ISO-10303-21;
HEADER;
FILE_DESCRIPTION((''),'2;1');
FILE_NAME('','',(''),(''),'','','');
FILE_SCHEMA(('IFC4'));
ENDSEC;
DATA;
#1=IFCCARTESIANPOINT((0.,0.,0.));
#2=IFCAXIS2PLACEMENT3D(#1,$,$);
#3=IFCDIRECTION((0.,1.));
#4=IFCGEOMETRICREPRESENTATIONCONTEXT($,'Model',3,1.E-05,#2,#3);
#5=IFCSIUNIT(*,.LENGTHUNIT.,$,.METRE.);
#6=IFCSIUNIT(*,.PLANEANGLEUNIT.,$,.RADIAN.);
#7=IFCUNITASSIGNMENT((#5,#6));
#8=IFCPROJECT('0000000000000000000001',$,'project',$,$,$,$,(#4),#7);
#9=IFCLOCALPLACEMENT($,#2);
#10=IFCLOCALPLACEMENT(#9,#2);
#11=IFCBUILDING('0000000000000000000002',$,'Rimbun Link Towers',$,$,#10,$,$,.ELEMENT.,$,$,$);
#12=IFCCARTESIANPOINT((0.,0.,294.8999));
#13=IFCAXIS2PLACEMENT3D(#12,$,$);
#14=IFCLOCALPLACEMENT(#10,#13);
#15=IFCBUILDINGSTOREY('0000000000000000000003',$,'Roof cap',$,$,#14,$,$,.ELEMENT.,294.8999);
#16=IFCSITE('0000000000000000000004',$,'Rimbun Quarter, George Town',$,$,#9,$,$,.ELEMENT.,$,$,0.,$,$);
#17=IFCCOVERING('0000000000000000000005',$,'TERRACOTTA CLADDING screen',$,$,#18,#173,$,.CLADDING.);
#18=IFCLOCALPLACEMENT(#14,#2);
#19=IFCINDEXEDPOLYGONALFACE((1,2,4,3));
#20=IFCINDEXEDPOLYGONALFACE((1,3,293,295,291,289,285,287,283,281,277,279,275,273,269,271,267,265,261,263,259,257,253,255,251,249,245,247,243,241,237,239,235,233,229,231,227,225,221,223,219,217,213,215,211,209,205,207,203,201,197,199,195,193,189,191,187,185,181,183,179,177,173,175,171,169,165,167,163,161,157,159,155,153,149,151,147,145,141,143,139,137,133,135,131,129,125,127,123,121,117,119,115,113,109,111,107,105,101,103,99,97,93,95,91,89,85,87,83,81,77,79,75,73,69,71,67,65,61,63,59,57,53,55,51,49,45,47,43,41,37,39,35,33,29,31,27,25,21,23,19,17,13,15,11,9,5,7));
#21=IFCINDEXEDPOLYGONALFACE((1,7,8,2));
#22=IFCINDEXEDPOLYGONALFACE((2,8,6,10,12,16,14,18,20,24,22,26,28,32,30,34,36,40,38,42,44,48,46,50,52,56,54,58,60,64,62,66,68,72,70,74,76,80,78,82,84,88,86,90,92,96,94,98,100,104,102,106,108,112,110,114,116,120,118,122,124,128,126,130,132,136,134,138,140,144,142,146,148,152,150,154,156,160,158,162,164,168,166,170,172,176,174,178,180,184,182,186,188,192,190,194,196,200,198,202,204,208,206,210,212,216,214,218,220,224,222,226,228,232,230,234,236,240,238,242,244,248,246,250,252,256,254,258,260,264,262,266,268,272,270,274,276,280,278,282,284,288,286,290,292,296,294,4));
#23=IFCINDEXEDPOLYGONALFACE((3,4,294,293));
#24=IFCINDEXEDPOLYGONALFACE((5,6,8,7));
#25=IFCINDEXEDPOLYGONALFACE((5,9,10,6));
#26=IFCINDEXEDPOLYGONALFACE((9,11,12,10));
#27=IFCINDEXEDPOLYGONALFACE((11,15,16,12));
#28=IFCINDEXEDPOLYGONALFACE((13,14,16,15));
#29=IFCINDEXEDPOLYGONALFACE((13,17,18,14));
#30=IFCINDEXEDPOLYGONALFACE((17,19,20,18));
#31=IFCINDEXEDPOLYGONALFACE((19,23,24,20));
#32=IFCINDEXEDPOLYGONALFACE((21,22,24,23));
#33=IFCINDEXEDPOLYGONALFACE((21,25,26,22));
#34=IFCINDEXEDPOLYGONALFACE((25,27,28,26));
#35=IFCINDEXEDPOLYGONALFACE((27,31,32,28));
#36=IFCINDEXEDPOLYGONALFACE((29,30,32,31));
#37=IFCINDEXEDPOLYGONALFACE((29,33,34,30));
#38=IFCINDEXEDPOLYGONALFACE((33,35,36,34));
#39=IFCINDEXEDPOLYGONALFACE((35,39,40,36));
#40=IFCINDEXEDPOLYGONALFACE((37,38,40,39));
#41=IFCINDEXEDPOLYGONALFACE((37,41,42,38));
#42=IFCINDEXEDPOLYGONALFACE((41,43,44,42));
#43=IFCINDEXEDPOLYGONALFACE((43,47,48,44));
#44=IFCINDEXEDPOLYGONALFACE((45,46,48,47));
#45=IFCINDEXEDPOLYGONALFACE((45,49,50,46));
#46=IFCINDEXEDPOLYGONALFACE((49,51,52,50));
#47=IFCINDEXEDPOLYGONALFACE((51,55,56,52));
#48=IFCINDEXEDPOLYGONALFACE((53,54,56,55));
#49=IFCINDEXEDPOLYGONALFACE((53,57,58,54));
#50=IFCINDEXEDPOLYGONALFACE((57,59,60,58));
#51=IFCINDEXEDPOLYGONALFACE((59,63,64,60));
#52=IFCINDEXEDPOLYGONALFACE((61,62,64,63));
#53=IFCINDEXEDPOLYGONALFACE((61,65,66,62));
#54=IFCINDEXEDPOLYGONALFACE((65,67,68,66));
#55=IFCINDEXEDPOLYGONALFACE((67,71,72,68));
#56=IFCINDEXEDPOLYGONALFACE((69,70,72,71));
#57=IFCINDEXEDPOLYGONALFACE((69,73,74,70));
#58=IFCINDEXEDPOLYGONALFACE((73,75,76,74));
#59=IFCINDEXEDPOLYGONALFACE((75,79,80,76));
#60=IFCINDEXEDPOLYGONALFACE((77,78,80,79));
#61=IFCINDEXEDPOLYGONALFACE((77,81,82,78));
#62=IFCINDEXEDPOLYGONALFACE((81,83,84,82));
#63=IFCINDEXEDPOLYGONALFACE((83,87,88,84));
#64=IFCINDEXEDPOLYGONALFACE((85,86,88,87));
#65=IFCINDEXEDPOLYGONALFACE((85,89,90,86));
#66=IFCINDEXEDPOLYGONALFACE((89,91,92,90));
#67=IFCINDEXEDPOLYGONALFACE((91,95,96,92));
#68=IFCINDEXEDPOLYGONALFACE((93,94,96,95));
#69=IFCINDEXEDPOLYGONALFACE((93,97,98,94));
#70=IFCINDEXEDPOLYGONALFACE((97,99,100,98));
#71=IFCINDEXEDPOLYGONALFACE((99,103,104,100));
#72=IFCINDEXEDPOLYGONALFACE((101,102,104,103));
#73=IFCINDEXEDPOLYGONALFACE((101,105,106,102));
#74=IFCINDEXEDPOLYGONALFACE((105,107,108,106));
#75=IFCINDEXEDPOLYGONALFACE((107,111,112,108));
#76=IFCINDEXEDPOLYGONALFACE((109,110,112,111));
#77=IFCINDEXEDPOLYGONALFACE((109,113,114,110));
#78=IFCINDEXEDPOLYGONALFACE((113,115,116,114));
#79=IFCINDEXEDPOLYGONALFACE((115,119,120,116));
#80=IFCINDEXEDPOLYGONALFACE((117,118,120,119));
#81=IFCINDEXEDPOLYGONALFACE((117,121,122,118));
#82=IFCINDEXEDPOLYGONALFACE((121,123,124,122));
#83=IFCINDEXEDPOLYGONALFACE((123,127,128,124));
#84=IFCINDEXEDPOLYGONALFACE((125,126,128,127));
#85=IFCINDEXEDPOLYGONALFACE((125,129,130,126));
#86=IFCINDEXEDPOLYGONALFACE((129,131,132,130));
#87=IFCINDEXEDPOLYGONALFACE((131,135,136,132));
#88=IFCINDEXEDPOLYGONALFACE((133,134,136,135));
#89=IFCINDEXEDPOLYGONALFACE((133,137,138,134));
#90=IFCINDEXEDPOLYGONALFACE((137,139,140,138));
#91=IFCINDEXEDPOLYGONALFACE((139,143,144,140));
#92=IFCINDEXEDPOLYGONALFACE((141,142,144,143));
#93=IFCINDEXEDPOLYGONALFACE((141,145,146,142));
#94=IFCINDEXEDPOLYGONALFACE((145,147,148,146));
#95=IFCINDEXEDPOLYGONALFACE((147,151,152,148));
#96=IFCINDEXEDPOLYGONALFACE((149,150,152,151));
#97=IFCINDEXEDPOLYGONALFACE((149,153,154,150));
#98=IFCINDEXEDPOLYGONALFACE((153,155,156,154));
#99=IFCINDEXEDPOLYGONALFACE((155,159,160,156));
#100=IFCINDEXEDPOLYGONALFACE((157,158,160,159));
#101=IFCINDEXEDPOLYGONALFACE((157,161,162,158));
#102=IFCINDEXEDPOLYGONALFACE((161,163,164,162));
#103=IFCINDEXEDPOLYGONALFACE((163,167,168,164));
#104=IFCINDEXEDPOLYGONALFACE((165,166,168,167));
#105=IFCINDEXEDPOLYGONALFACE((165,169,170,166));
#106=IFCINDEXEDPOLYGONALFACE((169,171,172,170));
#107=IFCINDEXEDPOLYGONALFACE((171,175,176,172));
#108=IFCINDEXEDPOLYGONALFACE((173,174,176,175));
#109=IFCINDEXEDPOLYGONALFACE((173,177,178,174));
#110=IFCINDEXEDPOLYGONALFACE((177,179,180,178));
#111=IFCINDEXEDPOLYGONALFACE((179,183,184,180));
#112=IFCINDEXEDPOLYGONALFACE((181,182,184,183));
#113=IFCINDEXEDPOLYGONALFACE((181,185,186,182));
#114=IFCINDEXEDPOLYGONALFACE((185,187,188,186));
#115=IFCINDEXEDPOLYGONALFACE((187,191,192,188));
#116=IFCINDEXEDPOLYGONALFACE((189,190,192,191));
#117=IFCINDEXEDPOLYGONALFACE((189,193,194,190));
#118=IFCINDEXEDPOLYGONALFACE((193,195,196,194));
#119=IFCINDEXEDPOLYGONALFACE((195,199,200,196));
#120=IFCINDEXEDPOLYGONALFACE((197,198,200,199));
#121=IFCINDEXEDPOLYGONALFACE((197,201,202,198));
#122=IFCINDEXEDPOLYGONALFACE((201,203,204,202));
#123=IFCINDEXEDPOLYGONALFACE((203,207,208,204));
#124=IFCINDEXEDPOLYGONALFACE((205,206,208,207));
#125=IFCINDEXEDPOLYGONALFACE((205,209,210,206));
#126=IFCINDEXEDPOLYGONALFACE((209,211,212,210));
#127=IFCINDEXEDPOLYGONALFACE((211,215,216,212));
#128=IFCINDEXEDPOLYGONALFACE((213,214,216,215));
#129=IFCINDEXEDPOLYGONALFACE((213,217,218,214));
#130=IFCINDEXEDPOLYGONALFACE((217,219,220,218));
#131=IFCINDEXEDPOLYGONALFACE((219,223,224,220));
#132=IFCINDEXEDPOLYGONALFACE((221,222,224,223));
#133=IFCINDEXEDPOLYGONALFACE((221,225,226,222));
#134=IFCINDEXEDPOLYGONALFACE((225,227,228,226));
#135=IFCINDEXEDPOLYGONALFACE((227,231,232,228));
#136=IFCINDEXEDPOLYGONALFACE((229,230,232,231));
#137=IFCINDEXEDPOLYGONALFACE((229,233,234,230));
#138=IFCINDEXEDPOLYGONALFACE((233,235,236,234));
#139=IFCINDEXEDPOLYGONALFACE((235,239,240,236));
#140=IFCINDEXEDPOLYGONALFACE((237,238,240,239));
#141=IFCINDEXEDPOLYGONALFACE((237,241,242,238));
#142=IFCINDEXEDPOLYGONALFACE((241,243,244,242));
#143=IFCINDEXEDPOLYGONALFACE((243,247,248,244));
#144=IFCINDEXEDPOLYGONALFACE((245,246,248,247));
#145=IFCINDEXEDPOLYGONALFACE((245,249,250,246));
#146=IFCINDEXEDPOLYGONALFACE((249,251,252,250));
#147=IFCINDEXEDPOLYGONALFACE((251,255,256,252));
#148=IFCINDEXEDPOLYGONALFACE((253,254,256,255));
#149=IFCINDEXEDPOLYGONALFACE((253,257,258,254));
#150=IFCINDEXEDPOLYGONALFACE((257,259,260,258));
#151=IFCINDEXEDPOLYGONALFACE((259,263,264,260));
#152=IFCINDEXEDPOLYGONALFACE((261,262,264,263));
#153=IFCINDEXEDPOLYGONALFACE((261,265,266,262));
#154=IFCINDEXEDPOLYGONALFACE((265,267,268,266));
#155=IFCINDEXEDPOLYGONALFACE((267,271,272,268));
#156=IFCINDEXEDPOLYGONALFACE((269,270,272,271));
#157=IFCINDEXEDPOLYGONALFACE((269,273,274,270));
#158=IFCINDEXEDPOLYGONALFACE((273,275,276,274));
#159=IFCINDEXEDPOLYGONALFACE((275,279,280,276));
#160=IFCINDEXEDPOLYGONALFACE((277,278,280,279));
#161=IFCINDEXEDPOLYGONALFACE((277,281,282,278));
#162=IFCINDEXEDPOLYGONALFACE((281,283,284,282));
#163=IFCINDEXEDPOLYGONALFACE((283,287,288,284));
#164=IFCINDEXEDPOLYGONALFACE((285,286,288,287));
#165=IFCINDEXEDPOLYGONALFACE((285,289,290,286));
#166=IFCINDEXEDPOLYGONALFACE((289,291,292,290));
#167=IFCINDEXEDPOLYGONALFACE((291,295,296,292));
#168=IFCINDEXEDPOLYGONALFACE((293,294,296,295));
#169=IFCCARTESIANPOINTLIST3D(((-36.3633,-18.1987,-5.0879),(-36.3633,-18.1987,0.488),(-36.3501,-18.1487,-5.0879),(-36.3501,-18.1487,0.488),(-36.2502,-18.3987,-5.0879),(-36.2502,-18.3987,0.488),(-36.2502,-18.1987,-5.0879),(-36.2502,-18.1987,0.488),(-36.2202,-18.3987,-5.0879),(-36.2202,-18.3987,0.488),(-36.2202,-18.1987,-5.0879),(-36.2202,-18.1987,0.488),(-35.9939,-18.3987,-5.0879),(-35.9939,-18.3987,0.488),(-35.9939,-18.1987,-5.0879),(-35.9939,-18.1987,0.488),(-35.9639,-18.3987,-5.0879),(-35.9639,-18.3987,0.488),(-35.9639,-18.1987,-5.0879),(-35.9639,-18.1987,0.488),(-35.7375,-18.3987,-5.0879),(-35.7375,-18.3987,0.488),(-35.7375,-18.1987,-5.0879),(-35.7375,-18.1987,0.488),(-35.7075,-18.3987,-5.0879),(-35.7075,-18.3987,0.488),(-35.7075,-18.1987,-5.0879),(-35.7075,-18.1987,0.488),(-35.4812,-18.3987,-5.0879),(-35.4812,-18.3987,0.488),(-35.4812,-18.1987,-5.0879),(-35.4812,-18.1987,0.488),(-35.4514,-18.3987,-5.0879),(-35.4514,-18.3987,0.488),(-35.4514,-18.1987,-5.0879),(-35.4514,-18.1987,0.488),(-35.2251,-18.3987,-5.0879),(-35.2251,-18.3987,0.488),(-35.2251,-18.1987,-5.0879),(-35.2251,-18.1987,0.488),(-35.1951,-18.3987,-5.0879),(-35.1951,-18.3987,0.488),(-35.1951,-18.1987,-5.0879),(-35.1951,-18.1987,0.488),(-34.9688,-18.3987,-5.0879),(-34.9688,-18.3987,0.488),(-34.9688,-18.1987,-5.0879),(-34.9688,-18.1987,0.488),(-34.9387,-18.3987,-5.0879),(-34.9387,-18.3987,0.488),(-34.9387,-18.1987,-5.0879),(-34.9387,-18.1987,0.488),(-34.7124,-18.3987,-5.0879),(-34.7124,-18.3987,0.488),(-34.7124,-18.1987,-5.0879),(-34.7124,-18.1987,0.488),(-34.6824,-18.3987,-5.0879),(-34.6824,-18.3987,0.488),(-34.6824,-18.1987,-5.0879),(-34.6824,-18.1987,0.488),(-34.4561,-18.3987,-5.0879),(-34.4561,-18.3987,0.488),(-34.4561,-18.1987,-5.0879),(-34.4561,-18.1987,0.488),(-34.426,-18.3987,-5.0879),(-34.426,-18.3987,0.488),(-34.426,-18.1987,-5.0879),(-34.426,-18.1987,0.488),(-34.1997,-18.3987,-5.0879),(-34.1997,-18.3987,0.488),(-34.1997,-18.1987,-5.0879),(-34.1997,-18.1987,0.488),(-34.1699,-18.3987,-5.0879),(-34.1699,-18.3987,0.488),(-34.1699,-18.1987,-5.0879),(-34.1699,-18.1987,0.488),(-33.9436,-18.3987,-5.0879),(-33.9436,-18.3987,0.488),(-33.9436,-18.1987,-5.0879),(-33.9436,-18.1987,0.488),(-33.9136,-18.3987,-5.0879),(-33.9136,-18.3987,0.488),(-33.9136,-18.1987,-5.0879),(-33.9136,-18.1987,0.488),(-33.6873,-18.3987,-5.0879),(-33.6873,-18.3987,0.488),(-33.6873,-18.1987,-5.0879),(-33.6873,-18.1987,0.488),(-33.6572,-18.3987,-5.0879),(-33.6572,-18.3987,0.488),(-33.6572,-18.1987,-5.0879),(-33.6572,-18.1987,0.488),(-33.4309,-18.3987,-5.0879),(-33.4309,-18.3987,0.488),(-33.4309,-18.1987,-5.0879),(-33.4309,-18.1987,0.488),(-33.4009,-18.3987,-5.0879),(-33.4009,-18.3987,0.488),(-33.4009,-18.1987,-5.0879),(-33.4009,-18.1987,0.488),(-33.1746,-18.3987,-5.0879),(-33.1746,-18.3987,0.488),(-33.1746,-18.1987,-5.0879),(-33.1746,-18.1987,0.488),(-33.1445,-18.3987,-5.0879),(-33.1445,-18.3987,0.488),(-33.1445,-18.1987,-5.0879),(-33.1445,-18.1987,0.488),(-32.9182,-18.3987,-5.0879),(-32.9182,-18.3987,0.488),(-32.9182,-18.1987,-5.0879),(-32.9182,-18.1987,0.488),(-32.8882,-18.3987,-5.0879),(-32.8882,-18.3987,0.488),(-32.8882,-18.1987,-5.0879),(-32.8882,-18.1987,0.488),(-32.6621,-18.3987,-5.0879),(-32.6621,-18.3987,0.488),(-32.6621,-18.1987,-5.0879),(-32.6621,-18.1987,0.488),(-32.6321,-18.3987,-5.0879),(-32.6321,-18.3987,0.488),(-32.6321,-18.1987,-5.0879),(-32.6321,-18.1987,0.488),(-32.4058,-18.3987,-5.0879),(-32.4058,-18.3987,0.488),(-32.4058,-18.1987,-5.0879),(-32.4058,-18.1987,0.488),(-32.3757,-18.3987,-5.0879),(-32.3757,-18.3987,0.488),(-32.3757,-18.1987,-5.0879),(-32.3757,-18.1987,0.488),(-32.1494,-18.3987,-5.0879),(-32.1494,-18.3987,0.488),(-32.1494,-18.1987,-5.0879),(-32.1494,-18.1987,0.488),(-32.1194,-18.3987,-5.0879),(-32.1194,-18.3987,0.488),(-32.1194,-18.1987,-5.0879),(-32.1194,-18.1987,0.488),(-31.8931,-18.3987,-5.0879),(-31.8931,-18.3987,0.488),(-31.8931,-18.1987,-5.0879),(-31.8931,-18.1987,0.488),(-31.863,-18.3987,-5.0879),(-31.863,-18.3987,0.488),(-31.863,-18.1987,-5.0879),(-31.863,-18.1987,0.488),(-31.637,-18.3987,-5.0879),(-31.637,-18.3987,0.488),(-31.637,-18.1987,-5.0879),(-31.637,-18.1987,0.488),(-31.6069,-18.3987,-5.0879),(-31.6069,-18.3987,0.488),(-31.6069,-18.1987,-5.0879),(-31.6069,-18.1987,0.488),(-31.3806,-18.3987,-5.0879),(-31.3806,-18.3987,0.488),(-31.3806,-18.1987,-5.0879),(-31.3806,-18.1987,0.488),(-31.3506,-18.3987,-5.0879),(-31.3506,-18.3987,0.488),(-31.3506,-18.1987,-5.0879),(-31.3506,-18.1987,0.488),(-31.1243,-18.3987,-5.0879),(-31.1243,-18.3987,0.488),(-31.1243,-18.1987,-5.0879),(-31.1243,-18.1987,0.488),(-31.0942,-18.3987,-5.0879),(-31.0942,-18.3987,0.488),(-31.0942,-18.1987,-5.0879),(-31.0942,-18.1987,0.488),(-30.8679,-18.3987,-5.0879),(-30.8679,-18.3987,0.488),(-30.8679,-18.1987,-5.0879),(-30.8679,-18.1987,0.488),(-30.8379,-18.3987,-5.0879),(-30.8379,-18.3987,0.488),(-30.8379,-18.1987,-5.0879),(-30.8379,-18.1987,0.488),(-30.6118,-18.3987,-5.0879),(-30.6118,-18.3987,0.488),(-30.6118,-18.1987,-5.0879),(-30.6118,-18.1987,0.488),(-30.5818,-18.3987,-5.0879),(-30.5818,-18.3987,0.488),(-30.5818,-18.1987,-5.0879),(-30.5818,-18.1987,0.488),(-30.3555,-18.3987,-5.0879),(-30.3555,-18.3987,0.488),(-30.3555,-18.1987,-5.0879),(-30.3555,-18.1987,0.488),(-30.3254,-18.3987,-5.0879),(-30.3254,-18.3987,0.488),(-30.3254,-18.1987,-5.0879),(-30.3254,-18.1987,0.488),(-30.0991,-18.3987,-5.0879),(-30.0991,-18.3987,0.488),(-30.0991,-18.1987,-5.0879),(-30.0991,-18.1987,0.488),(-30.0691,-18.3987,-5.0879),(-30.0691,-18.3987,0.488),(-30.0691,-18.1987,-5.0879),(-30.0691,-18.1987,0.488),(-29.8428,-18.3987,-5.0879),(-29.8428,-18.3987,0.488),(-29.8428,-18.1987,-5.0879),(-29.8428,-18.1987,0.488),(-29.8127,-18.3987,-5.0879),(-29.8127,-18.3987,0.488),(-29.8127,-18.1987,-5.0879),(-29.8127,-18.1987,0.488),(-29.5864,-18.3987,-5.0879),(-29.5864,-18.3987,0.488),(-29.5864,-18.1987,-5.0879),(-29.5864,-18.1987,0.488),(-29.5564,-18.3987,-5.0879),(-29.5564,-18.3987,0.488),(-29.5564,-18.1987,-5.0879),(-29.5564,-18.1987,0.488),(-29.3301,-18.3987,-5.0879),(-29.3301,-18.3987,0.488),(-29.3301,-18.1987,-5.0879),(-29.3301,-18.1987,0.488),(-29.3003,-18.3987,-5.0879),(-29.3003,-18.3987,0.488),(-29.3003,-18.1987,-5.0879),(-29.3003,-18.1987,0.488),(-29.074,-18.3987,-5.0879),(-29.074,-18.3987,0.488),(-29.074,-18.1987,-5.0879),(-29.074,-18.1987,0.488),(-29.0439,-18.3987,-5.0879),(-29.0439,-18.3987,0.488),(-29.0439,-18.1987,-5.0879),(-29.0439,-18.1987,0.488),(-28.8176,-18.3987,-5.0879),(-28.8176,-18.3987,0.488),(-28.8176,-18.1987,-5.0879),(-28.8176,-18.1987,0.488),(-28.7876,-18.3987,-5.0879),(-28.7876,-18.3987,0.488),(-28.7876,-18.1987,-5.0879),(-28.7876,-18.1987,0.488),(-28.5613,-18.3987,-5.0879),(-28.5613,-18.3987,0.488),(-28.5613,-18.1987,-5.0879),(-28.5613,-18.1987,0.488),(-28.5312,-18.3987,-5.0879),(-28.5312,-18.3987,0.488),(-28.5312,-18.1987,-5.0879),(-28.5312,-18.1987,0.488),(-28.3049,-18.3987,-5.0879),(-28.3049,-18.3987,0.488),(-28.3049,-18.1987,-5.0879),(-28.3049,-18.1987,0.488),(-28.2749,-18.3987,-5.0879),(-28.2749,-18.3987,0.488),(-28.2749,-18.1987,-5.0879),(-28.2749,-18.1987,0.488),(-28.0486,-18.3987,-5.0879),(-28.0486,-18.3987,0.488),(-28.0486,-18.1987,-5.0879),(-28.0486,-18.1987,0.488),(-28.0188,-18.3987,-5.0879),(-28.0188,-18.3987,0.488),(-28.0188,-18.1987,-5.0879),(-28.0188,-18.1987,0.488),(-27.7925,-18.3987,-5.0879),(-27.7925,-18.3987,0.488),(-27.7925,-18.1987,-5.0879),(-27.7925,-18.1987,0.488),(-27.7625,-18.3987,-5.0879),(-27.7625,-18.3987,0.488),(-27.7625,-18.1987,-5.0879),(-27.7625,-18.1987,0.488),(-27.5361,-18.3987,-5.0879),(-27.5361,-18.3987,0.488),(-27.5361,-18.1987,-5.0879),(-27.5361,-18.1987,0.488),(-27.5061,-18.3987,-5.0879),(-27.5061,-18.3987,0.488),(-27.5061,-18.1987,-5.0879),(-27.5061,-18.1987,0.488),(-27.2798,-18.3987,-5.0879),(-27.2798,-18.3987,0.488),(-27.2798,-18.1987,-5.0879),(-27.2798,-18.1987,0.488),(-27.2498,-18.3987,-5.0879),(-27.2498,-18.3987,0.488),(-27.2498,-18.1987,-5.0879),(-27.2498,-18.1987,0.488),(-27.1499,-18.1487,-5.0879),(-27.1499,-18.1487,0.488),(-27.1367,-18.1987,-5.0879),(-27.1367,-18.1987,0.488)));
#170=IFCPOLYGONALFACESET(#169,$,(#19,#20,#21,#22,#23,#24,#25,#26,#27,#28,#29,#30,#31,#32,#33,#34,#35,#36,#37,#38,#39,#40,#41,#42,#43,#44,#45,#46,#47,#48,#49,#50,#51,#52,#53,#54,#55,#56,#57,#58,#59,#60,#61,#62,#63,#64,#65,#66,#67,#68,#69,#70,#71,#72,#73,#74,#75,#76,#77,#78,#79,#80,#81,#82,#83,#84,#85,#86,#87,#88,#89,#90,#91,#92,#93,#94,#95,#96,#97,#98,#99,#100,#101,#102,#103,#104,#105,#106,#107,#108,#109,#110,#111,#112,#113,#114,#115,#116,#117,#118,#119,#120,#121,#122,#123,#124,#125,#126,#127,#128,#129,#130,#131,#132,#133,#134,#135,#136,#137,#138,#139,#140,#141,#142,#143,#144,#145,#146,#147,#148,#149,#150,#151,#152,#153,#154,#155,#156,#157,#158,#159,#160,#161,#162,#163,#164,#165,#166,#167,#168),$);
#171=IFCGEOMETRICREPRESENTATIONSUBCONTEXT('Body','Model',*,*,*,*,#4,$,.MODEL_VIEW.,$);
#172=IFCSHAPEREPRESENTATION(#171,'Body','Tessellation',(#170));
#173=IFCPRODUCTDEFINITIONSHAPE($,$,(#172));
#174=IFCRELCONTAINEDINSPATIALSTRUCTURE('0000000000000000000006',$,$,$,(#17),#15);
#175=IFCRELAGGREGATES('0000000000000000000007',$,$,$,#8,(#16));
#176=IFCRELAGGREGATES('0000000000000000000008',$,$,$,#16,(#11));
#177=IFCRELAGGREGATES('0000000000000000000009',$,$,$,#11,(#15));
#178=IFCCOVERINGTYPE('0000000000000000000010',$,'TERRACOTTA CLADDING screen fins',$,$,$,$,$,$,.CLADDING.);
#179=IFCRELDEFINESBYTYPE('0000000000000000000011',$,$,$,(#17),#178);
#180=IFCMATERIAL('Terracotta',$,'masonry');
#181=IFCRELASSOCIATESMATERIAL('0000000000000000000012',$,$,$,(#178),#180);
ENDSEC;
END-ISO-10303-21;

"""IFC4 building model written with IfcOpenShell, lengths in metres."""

from ifc_helpers import new_model, si_unit, direction, frame, origin, place, context, subcontext, project, spatial, polyline, outline, extrude, material, type_object, element, save


model = new_model("IFC4")

# Units and contexts
model_context = context("Model", 3, precision=1e-05, world=origin(), true_north=direction((0.0, 1.0)))
body_context = subcontext(model_context, "Body", "Model", "MODEL_VIEW")
ifc_project = project(units=[si_unit("LENGTHUNIT", "METRE"), si_unit("PLANEANGLEUNIT", "RADIAN")], contexts=[model_context])

# Site, building, storey
site_placement = place(None, origin())
site = spatial("IfcSite", under=ifc_project, at=site_placement, Name="Rimbun Quarter, George Town", CompositionType="ELEMENT", RefElevation=0.0)
building_placement = place(site_placement, origin())
building = spatial("IfcBuilding", under=site, at=building_placement, Name="Rimbun Link Towers", CompositionType="ELEMENT")
storey_placement = place(building_placement, frame((0.0, 0.0, 294.8999)))
storey = spatial("IfcBuildingStorey", under=building, at=storey_placement, Name="Roof cap", CompositionType="ELEMENT", Elevation=294.8999)

# Covering
ifc_material = material(Name="Terracotta", Category="masonry")
covering_type = type_object("IfcCoveringType", Name="TERRACOTTA CLADDING screen fins", PredefinedType="CLADDING", material=ifc_material)
covering_1_placement = place(storey_placement, frame((0.0, 0.0, -5.0879)))
element("IfcCovering", 1, at=covering_1_placement, inside=storey, type_object=covering_type, Name="TERRACOTTA CLADDING screen", PredefinedType="CLADDING", context=body_context, shape_type="SweptSolid", body=[
    extrude(outline(polyline([(-36.3633, -18.1987), (-36.2502, -18.1987), (-36.2502, -18.3987), (-36.2202, -18.3987), (-36.2202, -18.1987), (-35.9939, -18.1987), (-35.9939, -18.3987), (-35.9639, -18.3987), (-35.9639, -18.1987), (-35.7375, -18.1987), (-35.7375, -18.3987), (-35.7075, -18.3987), (-35.7075, -18.1987), (-35.4812, -18.1987), (-35.4812, -18.3987), (-35.4514, -18.3987), (-35.4514, -18.1987), (-35.2251, -18.1987), (-35.2251, -18.3987), (-35.1951, -18.3987), (-35.1951, -18.1987), (-34.9688, -18.1987), (-34.9688, -18.3987), (-34.9387, -18.3987), (-34.9387, -18.1987), (-34.7124, -18.1987), (-34.7124, -18.3987), (-34.6824, -18.3987), (-34.6824, -18.1987), (-34.4561, -18.1987), (-34.4561, -18.3987), (-34.426, -18.3987), (-34.426, -18.1987), (-34.1997, -18.1987), (-34.1997, -18.3987), (-34.1699, -18.3987), (-34.1699, -18.1987), (-33.9436, -18.1987), (-33.9436, -18.3987), (-33.9136, -18.3987), (-33.9136, -18.1987), (-33.6873, -18.1987), (-33.6873, -18.3987), (-33.6572, -18.3987), (-33.6572, -18.1987), (-33.4309, -18.1987), (-33.4309, -18.3987), (-33.4009, -18.3987), (-33.4009, -18.1987), (-33.1746, -18.1987), (-33.1746, -18.3987), (-33.1445, -18.3987), (-33.1445, -18.1987), (-32.9182, -18.1987), (-32.9182, -18.3987), (-32.8882, -18.3987), (-32.8882, -18.1987), (-32.6621, -18.1987), (-32.6621, -18.3987), (-32.6321, -18.3987), (-32.6321, -18.1987), (-32.4058, -18.1987), (-32.4058, -18.3987), (-32.3757, -18.3987), (-32.3757, -18.1987), (-32.1494, -18.1987), (-32.1494, -18.3987), (-32.1194, -18.3987), (-32.1194, -18.1987), (-31.8931, -18.1987), (-31.8931, -18.3987), (-31.863, -18.3987), (-31.863, -18.1987), (-31.637, -18.1987), (-31.637, -18.3987), (-31.6069, -18.3987), (-31.6069, -18.1987), (-31.3806, -18.1987), (-31.3806, -18.3987), (-31.3506, -18.3987), (-31.3506, -18.1987), (-31.1243, -18.1987), (-31.1243, -18.3987), (-31.0942, -18.3987), (-31.0942, -18.1987), (-30.8679, -18.1987), (-30.8679, -18.3987), (-30.8379, -18.3987), (-30.8379, -18.1987), (-30.6118, -18.1987), (-30.6118, -18.3987), (-30.5818, -18.3987), (-30.5818, -18.1987), (-30.3555, -18.1987), (-30.3555, -18.3987), (-30.3254, -18.3987), (-30.3254, -18.1987), (-30.0991, -18.1987), (-30.0991, -18.3987), (-30.0691, -18.3987), (-30.0691, -18.1987), (-29.8428, -18.1987), (-29.8428, -18.3987), (-29.8127, -18.3987), (-29.8127, -18.1987), (-29.5864, -18.1987), (-29.5864, -18.3987), (-29.5564, -18.3987), (-29.5564, -18.1987), (-29.3301, -18.1987), (-29.3301, -18.3987), (-29.3003, -18.3987), (-29.3003, -18.1987), (-29.074, -18.1987), (-29.074, -18.3987), (-29.0439, -18.3987), (-29.0439, -18.1987), (-28.8176, -18.1987), (-28.8176, -18.3987), (-28.7876, -18.3987), (-28.7876, -18.1987), (-28.5613, -18.1987), (-28.5613, -18.3987), (-28.5312, -18.3987), (-28.5312, -18.1987), (-28.3049, -18.1987), (-28.3049, -18.3987), (-28.2749, -18.3987), (-28.2749, -18.1987), (-28.0486, -18.1987), (-28.0486, -18.3987), (-28.0188, -18.3987), (-28.0188, -18.1987), (-27.7925, -18.1987), (-27.7925, -18.3987), (-27.7625, -18.3987), (-27.7625, -18.1987), (-27.5361, -18.1987), (-27.5361, -18.3987), (-27.5061, -18.3987), (-27.5061, -18.1987), (-27.2798, -18.1987), (-27.2798, -18.3987), (-27.2498, -18.3987), (-27.2498, -18.1987), (-27.1367, -18.1987), (-27.1499, -18.1487), (-36.3501, -18.1487), (-36.3633, -18.1987)])), origin(), (0.0, 0.0, 1.0), 5.5759),
])

save(model, "model.ifc")
